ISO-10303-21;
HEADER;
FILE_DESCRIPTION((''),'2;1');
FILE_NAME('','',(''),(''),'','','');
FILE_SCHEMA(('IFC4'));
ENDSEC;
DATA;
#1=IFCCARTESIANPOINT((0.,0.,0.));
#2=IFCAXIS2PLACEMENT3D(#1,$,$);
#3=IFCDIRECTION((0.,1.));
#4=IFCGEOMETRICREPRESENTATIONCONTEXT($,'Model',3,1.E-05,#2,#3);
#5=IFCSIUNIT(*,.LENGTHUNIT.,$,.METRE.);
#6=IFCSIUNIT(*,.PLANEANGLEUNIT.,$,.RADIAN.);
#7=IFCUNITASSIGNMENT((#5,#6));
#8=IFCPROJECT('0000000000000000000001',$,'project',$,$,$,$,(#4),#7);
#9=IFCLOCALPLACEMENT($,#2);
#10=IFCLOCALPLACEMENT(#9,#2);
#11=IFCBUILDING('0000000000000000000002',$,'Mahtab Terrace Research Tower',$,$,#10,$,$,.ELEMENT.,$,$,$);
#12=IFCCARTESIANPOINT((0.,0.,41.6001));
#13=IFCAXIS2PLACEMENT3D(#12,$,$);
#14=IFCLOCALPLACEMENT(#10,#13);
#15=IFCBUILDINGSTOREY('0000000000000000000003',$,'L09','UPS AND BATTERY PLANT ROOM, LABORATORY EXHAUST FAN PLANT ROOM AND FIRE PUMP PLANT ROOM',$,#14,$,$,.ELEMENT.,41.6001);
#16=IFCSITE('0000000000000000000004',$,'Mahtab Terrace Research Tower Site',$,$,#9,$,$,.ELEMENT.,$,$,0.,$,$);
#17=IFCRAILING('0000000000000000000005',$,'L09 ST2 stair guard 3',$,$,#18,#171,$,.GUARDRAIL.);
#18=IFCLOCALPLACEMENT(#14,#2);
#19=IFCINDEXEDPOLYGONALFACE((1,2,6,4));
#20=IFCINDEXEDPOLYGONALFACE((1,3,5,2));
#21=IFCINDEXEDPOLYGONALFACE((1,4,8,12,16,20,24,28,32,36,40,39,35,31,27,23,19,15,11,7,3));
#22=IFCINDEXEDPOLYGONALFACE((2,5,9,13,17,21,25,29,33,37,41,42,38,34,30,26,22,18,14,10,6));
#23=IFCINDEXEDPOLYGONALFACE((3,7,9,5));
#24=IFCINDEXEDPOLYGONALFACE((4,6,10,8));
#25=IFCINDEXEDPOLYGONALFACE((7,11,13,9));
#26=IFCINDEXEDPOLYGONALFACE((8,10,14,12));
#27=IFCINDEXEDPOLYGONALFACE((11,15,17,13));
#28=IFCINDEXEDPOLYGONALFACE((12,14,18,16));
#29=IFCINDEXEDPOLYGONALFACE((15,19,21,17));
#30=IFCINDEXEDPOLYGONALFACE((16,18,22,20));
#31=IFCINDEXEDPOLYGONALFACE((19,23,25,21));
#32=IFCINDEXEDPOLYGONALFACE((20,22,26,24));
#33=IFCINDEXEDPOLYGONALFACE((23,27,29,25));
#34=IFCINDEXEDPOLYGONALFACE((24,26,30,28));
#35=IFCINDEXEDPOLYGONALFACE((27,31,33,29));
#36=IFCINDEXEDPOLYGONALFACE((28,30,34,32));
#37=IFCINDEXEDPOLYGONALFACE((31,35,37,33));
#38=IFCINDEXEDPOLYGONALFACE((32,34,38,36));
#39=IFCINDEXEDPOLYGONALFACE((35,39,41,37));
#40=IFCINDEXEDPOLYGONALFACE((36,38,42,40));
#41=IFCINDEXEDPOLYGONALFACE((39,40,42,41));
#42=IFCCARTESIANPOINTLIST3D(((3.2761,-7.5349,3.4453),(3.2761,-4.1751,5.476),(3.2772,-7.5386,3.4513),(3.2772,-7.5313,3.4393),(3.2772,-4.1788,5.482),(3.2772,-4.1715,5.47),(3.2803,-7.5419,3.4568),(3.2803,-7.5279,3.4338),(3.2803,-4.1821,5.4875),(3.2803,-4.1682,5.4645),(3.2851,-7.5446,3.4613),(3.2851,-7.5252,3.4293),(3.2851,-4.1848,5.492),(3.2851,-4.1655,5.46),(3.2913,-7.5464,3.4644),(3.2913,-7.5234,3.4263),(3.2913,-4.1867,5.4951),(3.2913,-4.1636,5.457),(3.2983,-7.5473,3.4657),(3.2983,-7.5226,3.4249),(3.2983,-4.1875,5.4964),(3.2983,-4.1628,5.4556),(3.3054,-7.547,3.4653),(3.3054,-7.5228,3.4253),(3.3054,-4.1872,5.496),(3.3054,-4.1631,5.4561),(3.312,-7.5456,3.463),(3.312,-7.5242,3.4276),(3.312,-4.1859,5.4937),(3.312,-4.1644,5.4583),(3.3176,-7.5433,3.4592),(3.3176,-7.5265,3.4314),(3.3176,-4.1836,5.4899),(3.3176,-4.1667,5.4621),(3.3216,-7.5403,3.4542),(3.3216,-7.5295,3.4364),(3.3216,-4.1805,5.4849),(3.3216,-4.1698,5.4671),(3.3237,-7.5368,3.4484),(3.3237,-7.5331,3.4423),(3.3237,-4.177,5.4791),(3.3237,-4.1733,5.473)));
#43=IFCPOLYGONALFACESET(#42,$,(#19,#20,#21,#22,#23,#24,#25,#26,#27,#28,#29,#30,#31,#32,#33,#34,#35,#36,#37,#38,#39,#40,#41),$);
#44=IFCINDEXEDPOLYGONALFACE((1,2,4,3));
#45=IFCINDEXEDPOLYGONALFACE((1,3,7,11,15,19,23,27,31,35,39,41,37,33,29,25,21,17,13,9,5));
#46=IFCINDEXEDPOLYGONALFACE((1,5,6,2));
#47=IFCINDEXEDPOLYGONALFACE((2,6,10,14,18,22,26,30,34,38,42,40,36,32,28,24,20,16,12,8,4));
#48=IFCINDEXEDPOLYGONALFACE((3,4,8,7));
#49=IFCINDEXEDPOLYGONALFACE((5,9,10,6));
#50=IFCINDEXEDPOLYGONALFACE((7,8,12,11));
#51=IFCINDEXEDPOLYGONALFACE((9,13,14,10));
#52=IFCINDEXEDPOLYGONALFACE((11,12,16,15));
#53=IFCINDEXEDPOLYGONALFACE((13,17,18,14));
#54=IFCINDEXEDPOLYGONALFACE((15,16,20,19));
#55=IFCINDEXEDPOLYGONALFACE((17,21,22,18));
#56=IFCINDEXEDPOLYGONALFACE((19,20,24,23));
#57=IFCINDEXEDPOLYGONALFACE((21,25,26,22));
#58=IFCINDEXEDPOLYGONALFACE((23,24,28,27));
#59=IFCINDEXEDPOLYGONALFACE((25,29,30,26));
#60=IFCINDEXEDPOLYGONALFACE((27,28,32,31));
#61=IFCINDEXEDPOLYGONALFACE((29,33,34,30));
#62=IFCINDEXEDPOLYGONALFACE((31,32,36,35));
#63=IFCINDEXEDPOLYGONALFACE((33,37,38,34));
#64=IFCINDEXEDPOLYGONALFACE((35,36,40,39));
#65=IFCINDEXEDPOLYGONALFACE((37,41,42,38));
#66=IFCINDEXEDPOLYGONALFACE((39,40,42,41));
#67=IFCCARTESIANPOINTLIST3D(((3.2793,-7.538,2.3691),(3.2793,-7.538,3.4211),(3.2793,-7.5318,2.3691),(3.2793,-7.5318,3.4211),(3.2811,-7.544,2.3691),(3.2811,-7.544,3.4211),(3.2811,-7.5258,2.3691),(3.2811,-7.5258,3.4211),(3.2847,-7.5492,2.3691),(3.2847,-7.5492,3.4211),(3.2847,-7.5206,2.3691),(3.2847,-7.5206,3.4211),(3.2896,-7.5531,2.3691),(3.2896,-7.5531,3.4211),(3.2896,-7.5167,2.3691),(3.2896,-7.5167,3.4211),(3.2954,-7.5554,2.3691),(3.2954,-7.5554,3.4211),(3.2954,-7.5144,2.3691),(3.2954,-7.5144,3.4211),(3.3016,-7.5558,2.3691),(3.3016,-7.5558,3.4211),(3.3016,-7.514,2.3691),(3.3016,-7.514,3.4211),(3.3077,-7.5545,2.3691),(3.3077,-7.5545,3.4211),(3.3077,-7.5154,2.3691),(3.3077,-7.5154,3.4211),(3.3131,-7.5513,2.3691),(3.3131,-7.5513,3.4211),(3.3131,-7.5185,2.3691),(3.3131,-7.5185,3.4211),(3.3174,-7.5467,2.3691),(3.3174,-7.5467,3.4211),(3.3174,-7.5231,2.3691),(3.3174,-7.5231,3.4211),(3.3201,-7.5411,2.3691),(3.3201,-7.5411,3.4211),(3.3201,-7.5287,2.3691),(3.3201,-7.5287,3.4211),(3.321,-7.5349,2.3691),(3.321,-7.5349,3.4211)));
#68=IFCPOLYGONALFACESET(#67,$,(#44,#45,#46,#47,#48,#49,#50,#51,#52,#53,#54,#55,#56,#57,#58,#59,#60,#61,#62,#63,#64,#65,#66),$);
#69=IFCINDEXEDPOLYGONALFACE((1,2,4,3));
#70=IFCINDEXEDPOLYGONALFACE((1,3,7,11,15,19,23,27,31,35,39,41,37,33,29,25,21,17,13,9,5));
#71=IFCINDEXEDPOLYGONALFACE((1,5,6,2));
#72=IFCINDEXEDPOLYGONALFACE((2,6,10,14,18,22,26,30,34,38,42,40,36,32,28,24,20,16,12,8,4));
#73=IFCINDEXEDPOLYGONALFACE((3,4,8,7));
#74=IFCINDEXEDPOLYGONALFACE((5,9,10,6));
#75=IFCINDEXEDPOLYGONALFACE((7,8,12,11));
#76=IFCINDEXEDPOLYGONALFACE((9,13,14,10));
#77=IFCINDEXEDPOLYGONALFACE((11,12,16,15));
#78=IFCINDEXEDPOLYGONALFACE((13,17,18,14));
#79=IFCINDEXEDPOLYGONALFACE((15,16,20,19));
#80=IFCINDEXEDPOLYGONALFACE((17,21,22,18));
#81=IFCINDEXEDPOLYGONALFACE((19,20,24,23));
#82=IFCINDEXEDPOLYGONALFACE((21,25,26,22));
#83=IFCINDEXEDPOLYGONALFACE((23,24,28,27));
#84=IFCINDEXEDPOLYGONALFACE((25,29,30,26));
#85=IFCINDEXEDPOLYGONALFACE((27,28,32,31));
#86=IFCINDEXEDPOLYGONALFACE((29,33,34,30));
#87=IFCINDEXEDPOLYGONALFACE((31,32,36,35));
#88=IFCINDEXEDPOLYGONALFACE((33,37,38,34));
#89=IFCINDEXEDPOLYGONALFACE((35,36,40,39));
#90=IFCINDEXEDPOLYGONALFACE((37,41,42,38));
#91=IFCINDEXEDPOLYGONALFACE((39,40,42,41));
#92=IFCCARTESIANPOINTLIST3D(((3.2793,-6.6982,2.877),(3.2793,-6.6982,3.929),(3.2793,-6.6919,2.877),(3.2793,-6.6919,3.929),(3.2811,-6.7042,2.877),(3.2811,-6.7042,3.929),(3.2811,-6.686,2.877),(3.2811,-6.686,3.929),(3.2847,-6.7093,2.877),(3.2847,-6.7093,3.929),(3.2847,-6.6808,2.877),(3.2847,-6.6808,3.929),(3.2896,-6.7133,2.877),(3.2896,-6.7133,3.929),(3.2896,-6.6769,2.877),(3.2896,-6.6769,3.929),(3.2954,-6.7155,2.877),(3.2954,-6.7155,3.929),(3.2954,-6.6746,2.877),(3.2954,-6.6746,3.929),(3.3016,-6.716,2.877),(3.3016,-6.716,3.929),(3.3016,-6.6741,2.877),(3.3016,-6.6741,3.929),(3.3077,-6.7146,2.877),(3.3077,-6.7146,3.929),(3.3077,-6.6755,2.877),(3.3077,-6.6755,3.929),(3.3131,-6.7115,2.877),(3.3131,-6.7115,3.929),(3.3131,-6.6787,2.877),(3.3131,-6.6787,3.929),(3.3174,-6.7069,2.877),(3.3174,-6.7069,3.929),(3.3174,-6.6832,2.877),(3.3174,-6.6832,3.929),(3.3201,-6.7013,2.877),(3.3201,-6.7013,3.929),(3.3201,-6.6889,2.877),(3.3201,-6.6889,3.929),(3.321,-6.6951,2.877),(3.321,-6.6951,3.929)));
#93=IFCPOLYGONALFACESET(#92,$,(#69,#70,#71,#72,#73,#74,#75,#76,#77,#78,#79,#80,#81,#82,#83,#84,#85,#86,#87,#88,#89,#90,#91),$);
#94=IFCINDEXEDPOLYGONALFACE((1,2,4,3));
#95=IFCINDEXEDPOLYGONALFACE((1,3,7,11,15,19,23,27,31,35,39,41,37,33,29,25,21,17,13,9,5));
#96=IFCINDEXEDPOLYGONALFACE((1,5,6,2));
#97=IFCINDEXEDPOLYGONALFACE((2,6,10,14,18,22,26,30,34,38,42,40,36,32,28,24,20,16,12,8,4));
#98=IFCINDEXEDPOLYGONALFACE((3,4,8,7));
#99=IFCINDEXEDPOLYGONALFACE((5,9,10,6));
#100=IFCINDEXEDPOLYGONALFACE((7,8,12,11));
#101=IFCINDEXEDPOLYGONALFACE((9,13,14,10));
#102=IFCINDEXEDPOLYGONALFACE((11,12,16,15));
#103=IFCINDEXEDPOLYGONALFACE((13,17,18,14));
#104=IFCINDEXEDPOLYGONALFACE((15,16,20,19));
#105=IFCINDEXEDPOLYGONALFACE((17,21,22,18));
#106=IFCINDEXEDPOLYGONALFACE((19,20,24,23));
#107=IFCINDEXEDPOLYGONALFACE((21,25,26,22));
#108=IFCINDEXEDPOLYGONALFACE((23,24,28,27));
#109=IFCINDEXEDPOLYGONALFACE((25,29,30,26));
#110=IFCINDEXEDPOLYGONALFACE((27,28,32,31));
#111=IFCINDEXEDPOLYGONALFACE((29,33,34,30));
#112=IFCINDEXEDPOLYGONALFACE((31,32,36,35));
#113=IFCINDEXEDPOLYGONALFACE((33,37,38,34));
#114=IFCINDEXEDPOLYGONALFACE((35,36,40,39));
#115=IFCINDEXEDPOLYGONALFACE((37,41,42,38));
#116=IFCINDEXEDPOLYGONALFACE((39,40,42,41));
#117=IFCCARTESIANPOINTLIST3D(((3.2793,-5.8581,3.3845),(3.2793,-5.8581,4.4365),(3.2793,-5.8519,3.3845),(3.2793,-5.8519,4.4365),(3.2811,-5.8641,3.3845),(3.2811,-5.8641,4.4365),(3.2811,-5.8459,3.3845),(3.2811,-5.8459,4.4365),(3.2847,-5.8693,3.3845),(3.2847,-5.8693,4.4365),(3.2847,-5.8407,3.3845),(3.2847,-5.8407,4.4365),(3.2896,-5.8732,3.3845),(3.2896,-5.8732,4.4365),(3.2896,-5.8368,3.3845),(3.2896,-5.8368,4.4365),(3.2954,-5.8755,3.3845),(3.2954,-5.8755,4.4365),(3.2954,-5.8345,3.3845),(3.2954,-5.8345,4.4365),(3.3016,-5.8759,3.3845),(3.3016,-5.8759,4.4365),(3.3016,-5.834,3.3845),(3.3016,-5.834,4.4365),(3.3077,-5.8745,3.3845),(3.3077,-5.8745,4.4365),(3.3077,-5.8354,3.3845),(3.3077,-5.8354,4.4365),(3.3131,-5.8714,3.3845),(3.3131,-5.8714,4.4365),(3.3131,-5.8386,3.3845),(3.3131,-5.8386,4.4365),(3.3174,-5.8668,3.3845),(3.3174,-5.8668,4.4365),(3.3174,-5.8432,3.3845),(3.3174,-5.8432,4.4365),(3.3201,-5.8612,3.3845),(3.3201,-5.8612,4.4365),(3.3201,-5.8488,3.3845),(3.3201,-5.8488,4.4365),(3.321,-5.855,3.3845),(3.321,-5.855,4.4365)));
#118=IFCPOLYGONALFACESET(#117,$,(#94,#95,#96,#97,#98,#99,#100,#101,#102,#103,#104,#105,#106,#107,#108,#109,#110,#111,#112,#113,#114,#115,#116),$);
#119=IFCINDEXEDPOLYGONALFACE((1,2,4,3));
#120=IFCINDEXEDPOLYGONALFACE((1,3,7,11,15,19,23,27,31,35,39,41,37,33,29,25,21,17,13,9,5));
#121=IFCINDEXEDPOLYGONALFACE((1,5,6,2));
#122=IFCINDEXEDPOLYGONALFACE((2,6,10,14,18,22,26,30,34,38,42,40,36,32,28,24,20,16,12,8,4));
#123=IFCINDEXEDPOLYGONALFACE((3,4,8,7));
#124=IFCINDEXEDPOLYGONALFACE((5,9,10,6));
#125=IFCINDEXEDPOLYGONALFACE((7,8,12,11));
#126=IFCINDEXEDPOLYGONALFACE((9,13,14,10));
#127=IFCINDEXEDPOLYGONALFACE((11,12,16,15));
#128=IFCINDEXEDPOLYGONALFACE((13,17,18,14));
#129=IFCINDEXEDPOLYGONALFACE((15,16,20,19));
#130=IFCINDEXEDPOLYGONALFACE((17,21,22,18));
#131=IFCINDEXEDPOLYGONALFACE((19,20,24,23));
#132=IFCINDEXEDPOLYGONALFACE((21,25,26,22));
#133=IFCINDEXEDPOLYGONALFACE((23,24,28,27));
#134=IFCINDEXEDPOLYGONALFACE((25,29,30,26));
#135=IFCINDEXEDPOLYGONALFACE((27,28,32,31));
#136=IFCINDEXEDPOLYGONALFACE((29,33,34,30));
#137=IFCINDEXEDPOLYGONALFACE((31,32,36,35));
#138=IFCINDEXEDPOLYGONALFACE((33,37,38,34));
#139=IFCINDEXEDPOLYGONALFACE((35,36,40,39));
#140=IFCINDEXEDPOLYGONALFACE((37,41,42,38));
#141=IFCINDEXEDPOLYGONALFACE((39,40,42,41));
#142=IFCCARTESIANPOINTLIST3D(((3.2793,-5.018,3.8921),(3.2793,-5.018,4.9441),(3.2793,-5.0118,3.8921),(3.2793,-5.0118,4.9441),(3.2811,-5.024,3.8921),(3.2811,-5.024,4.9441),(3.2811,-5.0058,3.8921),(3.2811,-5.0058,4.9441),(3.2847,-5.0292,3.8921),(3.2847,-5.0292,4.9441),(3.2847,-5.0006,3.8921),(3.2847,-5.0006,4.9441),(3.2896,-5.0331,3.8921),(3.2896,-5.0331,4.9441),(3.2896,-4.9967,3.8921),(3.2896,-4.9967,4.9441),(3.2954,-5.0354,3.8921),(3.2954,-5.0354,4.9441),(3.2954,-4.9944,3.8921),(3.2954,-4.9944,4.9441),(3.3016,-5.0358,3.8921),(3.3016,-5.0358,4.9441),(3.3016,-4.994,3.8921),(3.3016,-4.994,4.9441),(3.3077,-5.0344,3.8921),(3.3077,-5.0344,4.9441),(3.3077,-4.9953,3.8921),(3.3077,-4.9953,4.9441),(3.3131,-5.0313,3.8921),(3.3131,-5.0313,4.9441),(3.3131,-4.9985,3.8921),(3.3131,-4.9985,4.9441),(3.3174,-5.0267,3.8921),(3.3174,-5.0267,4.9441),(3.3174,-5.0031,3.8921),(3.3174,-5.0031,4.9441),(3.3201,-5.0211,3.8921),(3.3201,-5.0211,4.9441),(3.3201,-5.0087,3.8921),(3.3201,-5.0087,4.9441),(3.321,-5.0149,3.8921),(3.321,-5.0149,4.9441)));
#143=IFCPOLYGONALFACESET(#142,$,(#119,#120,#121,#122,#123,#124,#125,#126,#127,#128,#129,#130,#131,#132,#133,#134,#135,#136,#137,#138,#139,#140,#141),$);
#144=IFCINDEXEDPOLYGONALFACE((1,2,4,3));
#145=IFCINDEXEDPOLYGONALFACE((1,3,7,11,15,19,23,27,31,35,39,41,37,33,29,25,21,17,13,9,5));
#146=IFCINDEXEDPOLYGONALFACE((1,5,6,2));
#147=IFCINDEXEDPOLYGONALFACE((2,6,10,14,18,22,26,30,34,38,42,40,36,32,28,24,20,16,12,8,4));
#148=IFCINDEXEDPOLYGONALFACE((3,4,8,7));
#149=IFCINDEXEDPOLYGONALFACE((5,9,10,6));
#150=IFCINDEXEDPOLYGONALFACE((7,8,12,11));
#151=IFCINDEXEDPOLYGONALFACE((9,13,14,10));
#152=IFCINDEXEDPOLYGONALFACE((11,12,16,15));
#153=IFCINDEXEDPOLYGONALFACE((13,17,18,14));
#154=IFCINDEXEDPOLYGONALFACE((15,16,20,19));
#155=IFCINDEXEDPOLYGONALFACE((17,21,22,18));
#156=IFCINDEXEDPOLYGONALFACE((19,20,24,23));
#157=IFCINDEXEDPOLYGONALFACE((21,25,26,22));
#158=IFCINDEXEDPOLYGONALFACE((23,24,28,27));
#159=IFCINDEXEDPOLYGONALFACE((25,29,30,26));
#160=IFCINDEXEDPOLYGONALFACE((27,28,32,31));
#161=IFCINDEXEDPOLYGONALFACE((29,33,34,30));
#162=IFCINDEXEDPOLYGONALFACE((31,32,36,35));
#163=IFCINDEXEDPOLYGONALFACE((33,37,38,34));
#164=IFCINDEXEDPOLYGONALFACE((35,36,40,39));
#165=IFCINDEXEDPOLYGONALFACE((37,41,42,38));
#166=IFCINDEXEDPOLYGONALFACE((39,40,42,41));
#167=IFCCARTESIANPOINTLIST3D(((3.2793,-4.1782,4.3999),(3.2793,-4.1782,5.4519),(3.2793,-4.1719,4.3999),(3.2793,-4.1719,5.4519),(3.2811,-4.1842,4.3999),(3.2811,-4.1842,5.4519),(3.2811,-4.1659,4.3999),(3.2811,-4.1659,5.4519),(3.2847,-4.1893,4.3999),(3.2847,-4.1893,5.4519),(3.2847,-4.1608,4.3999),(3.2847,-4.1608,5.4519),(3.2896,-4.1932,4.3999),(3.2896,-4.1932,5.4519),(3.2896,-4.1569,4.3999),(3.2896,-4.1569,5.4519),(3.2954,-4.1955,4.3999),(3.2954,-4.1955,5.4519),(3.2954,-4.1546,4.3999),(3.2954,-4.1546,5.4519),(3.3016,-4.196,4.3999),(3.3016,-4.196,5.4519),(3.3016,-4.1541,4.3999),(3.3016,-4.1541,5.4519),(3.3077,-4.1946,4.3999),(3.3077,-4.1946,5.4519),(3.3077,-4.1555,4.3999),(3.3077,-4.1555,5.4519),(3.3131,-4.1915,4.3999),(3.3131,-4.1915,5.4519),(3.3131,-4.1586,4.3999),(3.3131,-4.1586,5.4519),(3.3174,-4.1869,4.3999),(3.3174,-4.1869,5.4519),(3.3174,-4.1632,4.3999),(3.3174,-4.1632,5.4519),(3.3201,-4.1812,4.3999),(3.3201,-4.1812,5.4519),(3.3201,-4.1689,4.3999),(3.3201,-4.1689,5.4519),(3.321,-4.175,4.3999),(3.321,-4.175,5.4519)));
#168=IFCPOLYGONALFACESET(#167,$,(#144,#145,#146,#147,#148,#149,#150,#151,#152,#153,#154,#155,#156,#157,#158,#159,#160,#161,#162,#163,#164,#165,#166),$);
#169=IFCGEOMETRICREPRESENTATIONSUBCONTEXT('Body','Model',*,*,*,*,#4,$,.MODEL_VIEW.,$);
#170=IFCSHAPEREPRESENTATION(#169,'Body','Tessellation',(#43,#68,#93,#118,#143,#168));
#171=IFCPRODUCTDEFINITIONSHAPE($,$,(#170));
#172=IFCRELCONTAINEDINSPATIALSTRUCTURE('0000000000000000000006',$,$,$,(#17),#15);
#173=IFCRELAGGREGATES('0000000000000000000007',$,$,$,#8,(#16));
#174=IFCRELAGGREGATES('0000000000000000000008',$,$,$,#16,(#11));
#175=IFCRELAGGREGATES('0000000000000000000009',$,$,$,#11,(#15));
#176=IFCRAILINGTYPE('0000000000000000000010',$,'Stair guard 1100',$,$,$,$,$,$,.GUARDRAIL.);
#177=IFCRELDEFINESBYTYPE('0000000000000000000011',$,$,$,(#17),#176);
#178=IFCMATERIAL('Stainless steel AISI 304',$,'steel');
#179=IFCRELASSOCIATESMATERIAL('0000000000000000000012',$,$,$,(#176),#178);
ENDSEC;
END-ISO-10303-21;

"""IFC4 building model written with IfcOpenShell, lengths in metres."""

from ifc_helpers import new_model, si_unit, direction, frame, origin, origin_2d, place, context, subcontext, project, spatial, circle, extrude, material, type_object, element, save


model = new_model("IFC4")

# Units and contexts
model_context = context("Model", 3, precision=1e-05, world=origin(), true_north=direction((0.0, 1.0)))
body_context = subcontext(model_context, "Body", "Model", "MODEL_VIEW")
ifc_project = project(units=[si_unit("LENGTHUNIT", "METRE"), si_unit("PLANEANGLEUNIT", "RADIAN")], contexts=[model_context])

# Site, building, storey
site_placement = place(None, origin())
site = spatial("IfcSite", under=ifc_project, at=site_placement, Name="Mahtab Terrace Research Tower Site", CompositionType="ELEMENT", RefElevation=0.0)
building_placement = place(site_placement, origin())
building = spatial("IfcBuilding", under=site, at=building_placement, Name="Mahtab Terrace Research Tower", CompositionType="ELEMENT")
storey_placement = place(building_placement, frame((0.0, 0.0, 41.6001)))
storey = spatial("IfcBuildingStorey", under=building, at=storey_placement, Name="L09", Description="UPS AND BATTERY PLANT ROOM, LABORATORY EXHAUST FAN PLANT ROOM AND FIRE PUMP PLANT ROOM", CompositionType="ELEMENT", Elevation=41.6001)

# Railing
ifc_material_1 = material(Name="Stainless steel AISI 304", Category="steel")
railing_type_1 = type_object("IfcRailingType", Name="Stair guard 1100", PredefinedType="GUARDRAIL", material=ifc_material_1)
railing_1_placement = place(storey_placement, frame((3.3, -7.5349, 2.3691)))
element("IfcRailing", 1, at=railing_1_placement, inside=storey, type_object=railing_type_1, Name="L09 ST2 stair guard 3", PredefinedType="GUARDRAIL", context=body_context, shape_type="SweptSolid", body=[
    extrude(circle(Radius=0.0239, at=origin_2d()), frame((0.0, 0.0, 1.0762), z_axis=(0.0, 0.85582, 0.517273), x_axis=(-1.0, 0.0, 0.0)), (0.0, 0.0, 1.0), 3.9258),
    extrude(circle(Radius=0.021, at=origin_2d()), origin(), (0.0, 0.0, 1.0), 1.052),
    extrude(circle(Radius=0.021, at=origin_2d()), frame((0.0, 0.8398, 0.5078)), (0.0, 0.0, 1.0), 1.052),
    extrude(circle(Radius=0.021, at=origin_2d()), frame((0.0, 1.6799, 1.0154)), (0.0, 0.0, 1.0), 1.052),
    extrude(circle(Radius=0.021, at=origin_2d()), frame((0.0, 2.52, 1.5229)), (0.0, 0.0, 1.0), 1.052),
    extrude(circle(Radius=0.021, at=origin_2d()), frame((0.0, 3.3599, 2.0308)), (0.0, 0.0, 1.0), 1.052),
])

save(model, "model.ifc")
